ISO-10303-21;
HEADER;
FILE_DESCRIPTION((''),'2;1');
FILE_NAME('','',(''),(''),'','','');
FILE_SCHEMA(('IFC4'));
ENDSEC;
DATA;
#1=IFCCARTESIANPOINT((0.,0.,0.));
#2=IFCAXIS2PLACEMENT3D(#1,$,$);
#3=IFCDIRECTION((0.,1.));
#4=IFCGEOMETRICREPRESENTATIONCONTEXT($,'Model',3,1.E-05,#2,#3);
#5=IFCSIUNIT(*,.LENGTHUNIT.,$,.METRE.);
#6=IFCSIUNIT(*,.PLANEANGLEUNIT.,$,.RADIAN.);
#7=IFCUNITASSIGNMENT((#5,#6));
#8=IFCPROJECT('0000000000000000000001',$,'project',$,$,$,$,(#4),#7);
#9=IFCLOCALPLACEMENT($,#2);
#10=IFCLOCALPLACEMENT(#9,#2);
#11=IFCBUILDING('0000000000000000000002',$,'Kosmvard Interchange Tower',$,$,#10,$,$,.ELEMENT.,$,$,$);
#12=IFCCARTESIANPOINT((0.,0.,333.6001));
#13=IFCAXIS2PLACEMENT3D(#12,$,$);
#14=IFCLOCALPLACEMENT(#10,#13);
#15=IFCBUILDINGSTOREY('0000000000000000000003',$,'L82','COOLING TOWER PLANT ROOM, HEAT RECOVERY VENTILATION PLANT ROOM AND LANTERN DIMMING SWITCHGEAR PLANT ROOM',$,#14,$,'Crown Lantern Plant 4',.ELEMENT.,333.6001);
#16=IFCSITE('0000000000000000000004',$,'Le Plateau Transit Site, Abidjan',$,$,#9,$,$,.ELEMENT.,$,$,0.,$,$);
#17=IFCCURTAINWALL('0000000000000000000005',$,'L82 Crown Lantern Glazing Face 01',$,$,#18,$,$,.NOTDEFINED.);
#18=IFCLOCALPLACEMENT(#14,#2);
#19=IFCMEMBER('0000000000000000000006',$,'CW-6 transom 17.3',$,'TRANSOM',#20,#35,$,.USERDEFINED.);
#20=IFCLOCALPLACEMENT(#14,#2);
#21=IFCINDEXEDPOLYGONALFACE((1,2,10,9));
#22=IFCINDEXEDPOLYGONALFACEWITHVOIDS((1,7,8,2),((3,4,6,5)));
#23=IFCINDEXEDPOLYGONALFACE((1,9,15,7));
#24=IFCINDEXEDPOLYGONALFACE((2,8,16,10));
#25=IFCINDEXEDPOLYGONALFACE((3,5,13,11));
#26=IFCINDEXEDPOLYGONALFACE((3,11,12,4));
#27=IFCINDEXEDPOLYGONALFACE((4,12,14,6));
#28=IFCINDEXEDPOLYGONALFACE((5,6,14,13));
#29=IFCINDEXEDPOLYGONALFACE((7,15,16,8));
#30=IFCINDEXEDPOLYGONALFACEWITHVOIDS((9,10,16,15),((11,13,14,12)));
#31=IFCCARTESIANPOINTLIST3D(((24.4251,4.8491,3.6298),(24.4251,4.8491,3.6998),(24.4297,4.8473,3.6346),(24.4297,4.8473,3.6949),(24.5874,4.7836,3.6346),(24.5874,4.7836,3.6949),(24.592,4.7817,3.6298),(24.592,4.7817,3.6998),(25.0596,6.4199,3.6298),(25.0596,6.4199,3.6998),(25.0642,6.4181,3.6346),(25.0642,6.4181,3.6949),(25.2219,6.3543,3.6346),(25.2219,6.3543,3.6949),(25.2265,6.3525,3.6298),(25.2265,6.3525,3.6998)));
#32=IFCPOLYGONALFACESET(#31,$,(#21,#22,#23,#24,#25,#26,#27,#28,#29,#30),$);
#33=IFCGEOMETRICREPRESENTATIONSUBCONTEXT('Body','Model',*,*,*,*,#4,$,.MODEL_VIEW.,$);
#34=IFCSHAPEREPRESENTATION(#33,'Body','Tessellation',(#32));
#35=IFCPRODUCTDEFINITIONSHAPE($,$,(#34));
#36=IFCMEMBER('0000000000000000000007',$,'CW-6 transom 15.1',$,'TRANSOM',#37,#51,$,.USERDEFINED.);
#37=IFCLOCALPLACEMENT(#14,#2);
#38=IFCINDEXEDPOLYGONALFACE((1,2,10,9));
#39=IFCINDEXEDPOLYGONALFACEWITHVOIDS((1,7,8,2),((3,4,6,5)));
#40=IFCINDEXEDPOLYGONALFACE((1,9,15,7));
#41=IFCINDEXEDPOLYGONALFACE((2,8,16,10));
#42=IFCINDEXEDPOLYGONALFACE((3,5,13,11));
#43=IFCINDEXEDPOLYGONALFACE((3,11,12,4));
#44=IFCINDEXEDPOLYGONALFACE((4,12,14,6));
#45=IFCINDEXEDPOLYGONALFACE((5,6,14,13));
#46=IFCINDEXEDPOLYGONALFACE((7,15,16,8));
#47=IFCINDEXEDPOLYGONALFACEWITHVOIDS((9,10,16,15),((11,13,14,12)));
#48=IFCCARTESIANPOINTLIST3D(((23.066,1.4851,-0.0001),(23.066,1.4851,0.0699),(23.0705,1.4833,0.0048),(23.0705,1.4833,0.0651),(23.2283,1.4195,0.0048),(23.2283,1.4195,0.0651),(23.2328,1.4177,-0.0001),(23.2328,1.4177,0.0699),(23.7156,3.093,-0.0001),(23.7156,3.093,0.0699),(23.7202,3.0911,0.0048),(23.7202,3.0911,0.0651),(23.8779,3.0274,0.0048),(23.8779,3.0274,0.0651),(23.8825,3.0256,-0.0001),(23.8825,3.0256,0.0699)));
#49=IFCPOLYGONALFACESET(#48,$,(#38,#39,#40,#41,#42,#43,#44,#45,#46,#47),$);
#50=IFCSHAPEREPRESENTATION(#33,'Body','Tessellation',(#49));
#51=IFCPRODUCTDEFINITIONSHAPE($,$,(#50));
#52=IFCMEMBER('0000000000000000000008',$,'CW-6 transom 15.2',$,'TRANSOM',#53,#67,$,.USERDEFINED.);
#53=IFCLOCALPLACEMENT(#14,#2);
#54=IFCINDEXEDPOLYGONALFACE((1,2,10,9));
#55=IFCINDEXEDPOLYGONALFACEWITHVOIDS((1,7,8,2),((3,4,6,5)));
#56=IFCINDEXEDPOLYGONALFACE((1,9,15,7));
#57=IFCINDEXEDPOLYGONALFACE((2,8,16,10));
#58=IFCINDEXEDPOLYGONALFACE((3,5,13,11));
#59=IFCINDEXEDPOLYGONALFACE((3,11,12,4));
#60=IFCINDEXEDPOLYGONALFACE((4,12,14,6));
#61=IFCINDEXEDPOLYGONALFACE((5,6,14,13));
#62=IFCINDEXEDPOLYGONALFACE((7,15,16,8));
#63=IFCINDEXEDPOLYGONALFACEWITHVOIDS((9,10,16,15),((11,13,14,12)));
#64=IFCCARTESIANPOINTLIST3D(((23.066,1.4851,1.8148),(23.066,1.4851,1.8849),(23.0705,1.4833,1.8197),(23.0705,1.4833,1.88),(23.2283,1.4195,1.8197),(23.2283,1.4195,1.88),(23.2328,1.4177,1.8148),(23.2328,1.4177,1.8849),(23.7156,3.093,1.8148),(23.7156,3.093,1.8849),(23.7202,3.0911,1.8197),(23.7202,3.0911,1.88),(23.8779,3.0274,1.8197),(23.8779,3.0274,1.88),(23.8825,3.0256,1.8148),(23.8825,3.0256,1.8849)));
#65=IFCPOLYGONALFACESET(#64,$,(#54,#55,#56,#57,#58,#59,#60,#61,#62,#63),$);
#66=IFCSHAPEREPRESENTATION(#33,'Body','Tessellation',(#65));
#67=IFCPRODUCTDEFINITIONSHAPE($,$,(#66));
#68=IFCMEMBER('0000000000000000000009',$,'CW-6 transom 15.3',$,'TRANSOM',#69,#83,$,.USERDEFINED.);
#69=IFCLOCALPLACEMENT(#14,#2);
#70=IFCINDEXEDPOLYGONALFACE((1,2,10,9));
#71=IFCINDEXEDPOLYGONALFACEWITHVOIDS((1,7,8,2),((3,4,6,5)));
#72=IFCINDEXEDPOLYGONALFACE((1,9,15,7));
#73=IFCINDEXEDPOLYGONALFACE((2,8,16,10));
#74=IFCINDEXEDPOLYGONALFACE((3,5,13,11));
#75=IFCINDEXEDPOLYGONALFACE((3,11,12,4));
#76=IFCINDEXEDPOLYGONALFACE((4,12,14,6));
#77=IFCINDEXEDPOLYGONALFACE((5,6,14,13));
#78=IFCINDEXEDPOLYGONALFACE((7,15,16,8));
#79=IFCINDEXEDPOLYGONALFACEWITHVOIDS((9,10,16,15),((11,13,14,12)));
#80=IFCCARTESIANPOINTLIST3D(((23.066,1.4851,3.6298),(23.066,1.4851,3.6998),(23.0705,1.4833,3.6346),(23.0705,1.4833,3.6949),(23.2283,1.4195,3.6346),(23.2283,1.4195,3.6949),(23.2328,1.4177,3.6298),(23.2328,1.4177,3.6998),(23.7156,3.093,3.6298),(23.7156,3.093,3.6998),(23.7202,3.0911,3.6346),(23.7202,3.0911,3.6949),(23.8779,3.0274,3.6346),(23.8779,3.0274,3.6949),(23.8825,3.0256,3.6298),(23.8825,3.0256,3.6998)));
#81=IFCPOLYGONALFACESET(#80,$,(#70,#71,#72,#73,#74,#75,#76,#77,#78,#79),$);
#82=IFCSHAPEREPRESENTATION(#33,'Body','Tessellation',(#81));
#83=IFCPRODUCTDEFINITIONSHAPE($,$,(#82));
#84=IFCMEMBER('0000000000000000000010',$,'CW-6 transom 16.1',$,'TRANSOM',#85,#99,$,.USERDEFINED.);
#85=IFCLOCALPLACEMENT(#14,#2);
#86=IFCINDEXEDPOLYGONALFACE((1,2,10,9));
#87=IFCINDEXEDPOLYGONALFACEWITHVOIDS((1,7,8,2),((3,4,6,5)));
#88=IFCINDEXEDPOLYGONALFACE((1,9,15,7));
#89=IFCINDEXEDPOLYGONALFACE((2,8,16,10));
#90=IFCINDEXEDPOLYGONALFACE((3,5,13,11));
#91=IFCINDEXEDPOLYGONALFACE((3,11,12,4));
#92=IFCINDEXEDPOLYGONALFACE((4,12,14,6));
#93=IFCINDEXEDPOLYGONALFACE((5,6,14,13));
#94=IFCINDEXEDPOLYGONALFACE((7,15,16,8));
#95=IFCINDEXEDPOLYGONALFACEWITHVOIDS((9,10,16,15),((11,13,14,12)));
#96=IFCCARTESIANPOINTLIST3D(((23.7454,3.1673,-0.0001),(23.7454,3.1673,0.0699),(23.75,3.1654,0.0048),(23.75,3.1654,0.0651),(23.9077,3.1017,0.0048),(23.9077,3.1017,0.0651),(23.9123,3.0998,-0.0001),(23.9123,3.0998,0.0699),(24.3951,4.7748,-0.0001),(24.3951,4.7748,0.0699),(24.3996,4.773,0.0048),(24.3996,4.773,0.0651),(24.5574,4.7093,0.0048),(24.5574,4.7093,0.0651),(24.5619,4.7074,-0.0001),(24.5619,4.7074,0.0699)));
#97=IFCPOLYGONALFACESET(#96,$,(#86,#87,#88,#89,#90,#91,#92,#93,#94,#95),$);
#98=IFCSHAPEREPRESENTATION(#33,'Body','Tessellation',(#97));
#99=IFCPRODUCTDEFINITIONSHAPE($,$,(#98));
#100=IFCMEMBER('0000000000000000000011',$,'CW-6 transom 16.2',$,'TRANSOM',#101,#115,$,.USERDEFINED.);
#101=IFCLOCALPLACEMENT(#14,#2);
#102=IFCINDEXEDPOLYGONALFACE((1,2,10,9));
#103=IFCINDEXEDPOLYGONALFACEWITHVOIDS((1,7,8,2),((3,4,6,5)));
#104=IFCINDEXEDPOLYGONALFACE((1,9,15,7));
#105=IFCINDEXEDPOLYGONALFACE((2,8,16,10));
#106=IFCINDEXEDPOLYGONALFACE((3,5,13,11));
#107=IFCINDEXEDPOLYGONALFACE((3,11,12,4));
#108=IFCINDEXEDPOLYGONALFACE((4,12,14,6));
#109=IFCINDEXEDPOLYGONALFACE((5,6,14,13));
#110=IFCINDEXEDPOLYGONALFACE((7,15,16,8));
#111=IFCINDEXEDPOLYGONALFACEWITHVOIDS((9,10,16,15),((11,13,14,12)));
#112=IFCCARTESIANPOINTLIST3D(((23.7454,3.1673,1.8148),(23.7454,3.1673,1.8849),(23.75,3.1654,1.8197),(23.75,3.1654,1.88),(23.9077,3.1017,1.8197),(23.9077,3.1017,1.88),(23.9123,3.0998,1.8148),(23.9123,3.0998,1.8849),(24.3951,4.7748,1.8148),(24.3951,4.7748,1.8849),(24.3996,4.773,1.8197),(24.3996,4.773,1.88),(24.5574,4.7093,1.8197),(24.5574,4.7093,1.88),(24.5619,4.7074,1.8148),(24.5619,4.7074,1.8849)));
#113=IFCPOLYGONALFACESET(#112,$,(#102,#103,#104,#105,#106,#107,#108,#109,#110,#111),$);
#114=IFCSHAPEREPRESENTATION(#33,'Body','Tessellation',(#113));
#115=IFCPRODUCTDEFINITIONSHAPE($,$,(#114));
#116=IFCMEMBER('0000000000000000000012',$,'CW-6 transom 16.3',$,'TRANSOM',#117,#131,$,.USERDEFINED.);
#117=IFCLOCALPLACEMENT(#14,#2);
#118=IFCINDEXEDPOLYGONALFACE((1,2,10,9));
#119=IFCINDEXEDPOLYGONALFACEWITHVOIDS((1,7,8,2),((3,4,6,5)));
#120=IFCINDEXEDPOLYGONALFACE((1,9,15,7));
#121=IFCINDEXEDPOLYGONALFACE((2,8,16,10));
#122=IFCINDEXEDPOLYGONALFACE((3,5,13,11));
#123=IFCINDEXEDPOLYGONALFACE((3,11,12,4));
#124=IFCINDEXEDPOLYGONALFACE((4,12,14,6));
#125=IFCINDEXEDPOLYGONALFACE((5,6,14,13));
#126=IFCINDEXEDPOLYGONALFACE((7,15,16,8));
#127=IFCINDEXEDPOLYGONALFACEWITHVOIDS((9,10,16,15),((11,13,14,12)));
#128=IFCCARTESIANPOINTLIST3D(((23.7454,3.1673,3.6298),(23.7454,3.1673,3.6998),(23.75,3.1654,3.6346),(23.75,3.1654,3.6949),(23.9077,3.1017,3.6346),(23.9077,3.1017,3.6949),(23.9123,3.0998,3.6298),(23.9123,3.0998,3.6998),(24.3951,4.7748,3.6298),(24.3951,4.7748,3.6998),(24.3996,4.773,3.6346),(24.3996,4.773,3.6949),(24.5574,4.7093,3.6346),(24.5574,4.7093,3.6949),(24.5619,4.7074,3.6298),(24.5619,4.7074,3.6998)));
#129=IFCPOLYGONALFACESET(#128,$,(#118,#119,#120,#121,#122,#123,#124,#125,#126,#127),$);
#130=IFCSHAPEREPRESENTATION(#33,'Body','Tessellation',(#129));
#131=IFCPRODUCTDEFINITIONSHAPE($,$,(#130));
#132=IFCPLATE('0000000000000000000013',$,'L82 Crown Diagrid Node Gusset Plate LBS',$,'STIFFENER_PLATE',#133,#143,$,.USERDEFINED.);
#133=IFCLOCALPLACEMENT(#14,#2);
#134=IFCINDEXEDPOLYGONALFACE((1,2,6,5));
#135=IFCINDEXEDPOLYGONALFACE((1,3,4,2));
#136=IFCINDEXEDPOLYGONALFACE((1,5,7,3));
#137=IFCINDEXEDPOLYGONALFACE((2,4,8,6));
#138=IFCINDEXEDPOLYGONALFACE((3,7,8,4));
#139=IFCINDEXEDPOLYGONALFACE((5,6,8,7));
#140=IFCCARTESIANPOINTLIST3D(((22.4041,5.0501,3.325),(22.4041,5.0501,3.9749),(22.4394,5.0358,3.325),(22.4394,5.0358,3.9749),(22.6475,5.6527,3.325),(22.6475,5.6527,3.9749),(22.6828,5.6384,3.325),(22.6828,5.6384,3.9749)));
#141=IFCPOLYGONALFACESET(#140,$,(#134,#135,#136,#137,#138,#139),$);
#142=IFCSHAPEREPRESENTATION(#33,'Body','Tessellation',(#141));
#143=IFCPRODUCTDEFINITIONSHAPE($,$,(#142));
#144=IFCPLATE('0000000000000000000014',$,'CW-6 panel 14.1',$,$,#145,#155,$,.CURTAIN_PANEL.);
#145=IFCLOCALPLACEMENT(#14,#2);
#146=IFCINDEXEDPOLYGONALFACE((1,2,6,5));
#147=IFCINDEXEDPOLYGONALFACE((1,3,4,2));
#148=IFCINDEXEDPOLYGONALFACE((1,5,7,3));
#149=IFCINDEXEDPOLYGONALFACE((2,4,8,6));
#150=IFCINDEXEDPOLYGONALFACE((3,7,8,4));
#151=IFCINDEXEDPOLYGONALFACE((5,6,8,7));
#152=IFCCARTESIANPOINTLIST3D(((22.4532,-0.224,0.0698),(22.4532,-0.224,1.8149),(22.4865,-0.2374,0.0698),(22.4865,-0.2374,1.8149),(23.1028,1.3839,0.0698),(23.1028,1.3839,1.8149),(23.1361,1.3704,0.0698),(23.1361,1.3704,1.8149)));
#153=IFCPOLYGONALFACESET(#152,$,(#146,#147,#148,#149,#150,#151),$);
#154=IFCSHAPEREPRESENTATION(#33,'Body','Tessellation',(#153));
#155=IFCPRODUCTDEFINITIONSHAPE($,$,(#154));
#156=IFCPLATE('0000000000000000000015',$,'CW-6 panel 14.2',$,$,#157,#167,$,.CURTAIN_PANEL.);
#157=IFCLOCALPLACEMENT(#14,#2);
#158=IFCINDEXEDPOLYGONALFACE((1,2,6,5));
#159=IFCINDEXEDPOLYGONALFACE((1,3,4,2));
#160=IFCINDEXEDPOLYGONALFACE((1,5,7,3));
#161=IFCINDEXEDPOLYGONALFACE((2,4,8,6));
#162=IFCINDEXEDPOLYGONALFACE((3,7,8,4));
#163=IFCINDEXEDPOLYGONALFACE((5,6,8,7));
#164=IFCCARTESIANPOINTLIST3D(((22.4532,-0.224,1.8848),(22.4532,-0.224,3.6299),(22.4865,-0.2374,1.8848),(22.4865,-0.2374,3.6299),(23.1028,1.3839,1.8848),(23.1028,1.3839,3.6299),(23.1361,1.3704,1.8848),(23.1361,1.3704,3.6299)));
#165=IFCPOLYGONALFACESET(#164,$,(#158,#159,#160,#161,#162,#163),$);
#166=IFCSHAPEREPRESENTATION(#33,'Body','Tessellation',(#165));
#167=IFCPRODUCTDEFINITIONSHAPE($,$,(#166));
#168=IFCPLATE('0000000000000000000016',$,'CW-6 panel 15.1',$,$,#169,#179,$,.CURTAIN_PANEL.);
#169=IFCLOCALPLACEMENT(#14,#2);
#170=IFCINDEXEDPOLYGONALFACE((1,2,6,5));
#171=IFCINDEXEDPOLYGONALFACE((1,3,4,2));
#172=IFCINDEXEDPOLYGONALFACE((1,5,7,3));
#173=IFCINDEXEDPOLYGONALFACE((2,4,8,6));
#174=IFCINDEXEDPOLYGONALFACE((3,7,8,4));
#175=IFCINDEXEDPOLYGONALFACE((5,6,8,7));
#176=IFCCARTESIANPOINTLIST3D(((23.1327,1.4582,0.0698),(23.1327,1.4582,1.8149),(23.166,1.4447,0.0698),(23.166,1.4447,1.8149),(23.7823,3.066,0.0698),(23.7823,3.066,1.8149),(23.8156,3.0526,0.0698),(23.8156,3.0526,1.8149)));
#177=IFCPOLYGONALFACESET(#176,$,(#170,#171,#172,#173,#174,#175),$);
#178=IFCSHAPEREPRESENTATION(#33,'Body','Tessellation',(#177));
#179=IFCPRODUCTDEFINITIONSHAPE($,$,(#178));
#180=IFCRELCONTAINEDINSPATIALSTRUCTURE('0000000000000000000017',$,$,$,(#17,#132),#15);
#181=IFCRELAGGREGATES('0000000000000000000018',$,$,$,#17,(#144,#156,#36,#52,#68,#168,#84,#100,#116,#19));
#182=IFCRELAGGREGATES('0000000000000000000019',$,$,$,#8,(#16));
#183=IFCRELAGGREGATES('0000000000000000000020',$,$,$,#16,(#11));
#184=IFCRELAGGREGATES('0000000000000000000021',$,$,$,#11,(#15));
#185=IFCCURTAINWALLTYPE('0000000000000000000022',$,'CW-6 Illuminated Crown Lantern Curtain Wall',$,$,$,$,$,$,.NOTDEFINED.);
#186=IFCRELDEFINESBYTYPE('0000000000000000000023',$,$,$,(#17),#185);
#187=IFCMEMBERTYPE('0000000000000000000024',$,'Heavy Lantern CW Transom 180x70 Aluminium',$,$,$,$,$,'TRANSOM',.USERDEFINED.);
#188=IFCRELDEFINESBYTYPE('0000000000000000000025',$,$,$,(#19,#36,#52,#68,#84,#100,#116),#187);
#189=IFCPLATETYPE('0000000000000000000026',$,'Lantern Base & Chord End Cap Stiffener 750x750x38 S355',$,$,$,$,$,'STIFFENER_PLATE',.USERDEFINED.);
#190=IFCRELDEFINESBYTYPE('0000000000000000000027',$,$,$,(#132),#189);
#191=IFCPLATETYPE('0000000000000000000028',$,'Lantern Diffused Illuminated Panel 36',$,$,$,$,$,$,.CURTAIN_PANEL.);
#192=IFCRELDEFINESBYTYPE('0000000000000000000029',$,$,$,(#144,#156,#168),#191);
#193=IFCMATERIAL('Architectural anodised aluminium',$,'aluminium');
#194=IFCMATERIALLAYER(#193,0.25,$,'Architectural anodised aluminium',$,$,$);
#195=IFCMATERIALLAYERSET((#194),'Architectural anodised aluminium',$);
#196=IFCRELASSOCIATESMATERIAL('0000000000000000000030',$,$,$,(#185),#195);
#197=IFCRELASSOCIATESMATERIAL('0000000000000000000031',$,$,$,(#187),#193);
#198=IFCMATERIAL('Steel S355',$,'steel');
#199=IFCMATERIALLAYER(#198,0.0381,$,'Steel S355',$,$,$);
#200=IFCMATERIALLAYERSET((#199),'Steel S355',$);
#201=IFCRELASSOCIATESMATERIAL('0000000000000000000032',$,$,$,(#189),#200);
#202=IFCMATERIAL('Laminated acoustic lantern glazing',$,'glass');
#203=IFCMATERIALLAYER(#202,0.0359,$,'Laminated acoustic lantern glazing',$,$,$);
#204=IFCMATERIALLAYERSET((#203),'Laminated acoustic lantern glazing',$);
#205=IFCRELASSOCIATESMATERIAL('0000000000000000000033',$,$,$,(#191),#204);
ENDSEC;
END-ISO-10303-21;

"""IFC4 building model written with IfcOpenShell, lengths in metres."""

from ifc_helpers import new_model, si_unit, direction, frame, origin, origin_2d, place, context, subcontext, project, spatial, rectangle, hollow_rectangle, extrude, source, transform, mapped, material, layer, layer_set, material_profile, profile_set, type_object, element, aggregate, save


model = new_model("IFC4")

# Units and contexts
model_context = context("Model", 3, precision=1e-05, world=origin(), true_north=direction((0.0, 1.0)))
body_context = subcontext(model_context, "Body", "Model", "MODEL_VIEW")
ifc_project = project(units=[si_unit("LENGTHUNIT", "METRE"), si_unit("PLANEANGLEUNIT", "RADIAN")], contexts=[model_context])

# Site, building, storey
site_placement = place(None, origin())
site = spatial("IfcSite", under=ifc_project, at=site_placement, Name="Le Plateau Transit Site, Abidjan", CompositionType="ELEMENT", RefElevation=0.0)
building_placement = place(site_placement, origin())
building = spatial("IfcBuilding", under=site, at=building_placement, Name="Kosmvard Interchange Tower", CompositionType="ELEMENT")
storey_placement = place(building_placement, frame((0.0, 0.0, 333.6001)))
storey = spatial("IfcBuildingStorey", under=building, at=storey_placement, Name="L82", Description="COOLING TOWER PLANT ROOM, HEAT RECOVERY VENTILATION PLANT ROOM AND LANTERN DIMMING SWITCHGEAR PLANT ROOM", LongName="Crown Lantern Plant 4", CompositionType="ELEMENT", Elevation=333.6001)

# Shared definitions
ifc_material_1 = material(Name="Steel S355", Category="steel")

# Curtain wall, members
ifc_material_2 = material(Name="Architectural anodised aluminium", Category="aluminium")
ifc_layer_1 = layer(ifc_material_2, 0.25, Name="Architectural anodised aluminium")
ifc_layer_set_1 = layer_set([ifc_layer_1], Name="Architectural anodised aluminium")
curtain_wall_type = type_object("IfcCurtainWallType", Name="CW-6 Illuminated Crown Lantern Curtain Wall", PredefinedType="NOTDEFINED", material=ifc_layer_set_1)
curtain_wall_placement = place(storey_placement, origin())
curtain_wall = element("IfcCurtainWall", 1, at=curtain_wall_placement, inside=storey, type_object=curtain_wall_type, Name="L82 Crown Lantern Glazing Face 01", PredefinedType="NOTDEFINED")
ifc_material_profile_1 = material_profile(ifc_material_2, hollow_rectangle(XDim=0.1799, YDim=0.0701, WallThickness=0.0049, at=origin_2d()), Name="CWT 180x70x5")
ifc_profile_set_1 = profile_set([ifc_material_profile_1], Name="Architectural anodised aluminium")
member_type_1 = type_object("IfcMemberType", Name="Heavy Lantern CW Transom 180x70 Aluminium", ElementType="TRANSOM", PredefinedType="USERDEFINED", material=ifc_profile_set_1)
shared_shape_1 = source(origin(), body_context, "Body", "SweptSolid", [
    extrude(hollow_rectangle(XDim=0.1799, YDim=0.0701, WallThickness=0.0049, at=origin_2d()), origin(), (0.0, 0.0, 1.0), 1.6941),
])
member_1_placement = place(storey_placement, frame((24.5085, 4.8154, 3.6648), z_axis=(0.374544, 0.927209, 0.0), x_axis=(-0.927209, 0.374544, 0.0)))
member_1 = element("IfcMember", 2, at=member_1_placement, type_object=member_type_1, Name="CW-6 transom 17.3", ObjectType="TRANSOM", PredefinedType="USERDEFINED", context=body_context, shape_type="MappedRepresentation", body=[
    mapped(shared_shape_1, transform((0.0, 0.0, 0.0), scale=1.0)),
])
shared_shape_2 = source(origin(), body_context, "Body", "SweptSolid", [
    extrude(hollow_rectangle(XDim=0.1799, YDim=0.0701, WallThickness=0.0049, at=origin_2d()), origin(), (0.0, 0.0, 1.0), 1.7341),
])
member_2_placement = place(storey_placement, frame((23.1494, 1.4514, 0.0349), z_axis=(0.374617, 0.92718, 0.0), x_axis=(-0.92718, 0.374617, 0.0)))
member_2 = element("IfcMember", 3, at=member_2_placement, type_object=member_type_1, Name="CW-6 transom 15.1", ObjectType="TRANSOM", PredefinedType="USERDEFINED", context=body_context, shape_type="MappedRepresentation", body=[
    mapped(shared_shape_2, transform((0.0, 0.0, 0.0), scale=1.0)),
])
member_3_placement = place(storey_placement, frame((23.1494, 1.4514, 1.8499), z_axis=(0.374617, 0.92718, 0.0), x_axis=(-0.92718, 0.374617, 0.0)))
member_3 = element("IfcMember", 4, at=member_3_placement, type_object=member_type_1, Name="CW-6 transom 15.2", ObjectType="TRANSOM", PredefinedType="USERDEFINED", context=body_context, shape_type="MappedRepresentation", body=[
    mapped(shared_shape_2, transform((0.0, 0.0, 0.0), scale=1.0)),
])
member_4_placement = place(storey_placement, frame((23.1494, 1.4514, 3.6648), z_axis=(0.374617, 0.92718, 0.0), x_axis=(-0.92718, 0.374617, 0.0)))
member_4 = element("IfcMember", 5, at=member_4_placement, type_object=member_type_1, Name="CW-6 transom 15.3", ObjectType="TRANSOM", PredefinedType="USERDEFINED", context=body_context, shape_type="MappedRepresentation", body=[
    mapped(shared_shape_2, transform((0.0, 0.0, 0.0), scale=1.0)),
])
shared_shape_3 = source(origin(), body_context, "Body", "SweptSolid", [
    extrude(hollow_rectangle(XDim=0.1799, YDim=0.0701, WallThickness=0.0049, at=origin_2d()), origin(), (0.0, 0.0, 1.0), 1.7339),
])
member_5_placement = place(storey_placement, frame((23.8289, 3.1335, 0.0349), z_axis=(0.374666, 0.92716, 0.0), x_axis=(-0.92716, 0.374666, 0.0)))
member_5 = element("IfcMember", 6, at=member_5_placement, type_object=member_type_1, Name="CW-6 transom 16.1", ObjectType="TRANSOM", PredefinedType="USERDEFINED", context=body_context, shape_type="MappedRepresentation", body=[
    mapped(shared_shape_3, transform((0.0, 0.0, 0.0), scale=1.0)),
])
member_6_placement = place(storey_placement, frame((23.8289, 3.1335, 1.8499), z_axis=(0.374666, 0.92716, 0.0), x_axis=(-0.92716, 0.374666, 0.0)))
member_6 = element("IfcMember", 7, at=member_6_placement, type_object=member_type_1, Name="CW-6 transom 16.2", ObjectType="TRANSOM", PredefinedType="USERDEFINED", context=body_context, shape_type="MappedRepresentation", body=[
    mapped(shared_shape_3, transform((0.0, 0.0, 0.0), scale=1.0)),
])
member_7_placement = place(storey_placement, frame((23.8289, 3.1335, 3.6648), z_axis=(0.374666, 0.92716, 0.0), x_axis=(-0.92716, 0.374666, 0.0)))
member_7 = element("IfcMember", 8, at=member_7_placement, type_object=member_type_1, Name="CW-6 transom 16.3", ObjectType="TRANSOM", PredefinedType="USERDEFINED", context=body_context, shape_type="MappedRepresentation", body=[
    mapped(shared_shape_3, transform((0.0, 0.0, 0.0), scale=1.0)),
])

# Plates
ifc_layer_2 = layer(ifc_material_1, 0.0381, Name="Steel S355")
ifc_layer_set_2 = layer_set([ifc_layer_2], Name="Steel S355")
plate_type_1 = type_object("IfcPlateType", Name="Lantern Base & Chord End Cap Stiffener 750x750x38 S355", ElementType="STIFFENER_PLATE", PredefinedType="USERDEFINED", material=ifc_layer_set_2)
shared_shape_4 = source(origin(), body_context, "Body", "SweptSolid", [
    extrude(rectangle(XDim=0.6499, YDim=0.0381, at=origin_2d()), origin(), (0.0, 0.0, 1.0), 0.6499),
])
plate_1_placement = place(storey_placement, frame((22.5435, 5.3442, 3.325), z_axis=(0.0, 0.0, 1.0), x_axis=(0.374607, 0.927184, 0.0)))
element("IfcPlate", 9, at=plate_1_placement, inside=storey, type_object=plate_type_1, Name="L82 Crown Diagrid Node Gusset Plate LBS", ObjectType="STIFFENER_PLATE", PredefinedType="USERDEFINED", context=body_context, shape_type="MappedRepresentation", body=[
    mapped(shared_shape_4, transform((0.0, 0.0, 0.0), scale=1.0)),
])
ifc_material_3 = material(Name="Laminated acoustic lantern glazing", Category="glass")
ifc_layer_3 = layer(ifc_material_3, 0.0359, Name="Laminated acoustic lantern glazing")
ifc_layer_set_3 = layer_set([ifc_layer_3], Name="Laminated acoustic lantern glazing")
plate_type_2 = type_object("IfcPlateType", Name="Lantern Diffused Illuminated Panel 36", PredefinedType="CURTAIN_PANEL", material=ifc_layer_set_3)
shared_shape_5 = source(origin(), body_context, "Body", "SweptSolid", [
    extrude(rectangle(XDim=1.7341, YDim=0.0359, at=origin_2d()), origin(), (0.0, 0.0, 1.0), 1.7451),
])
plate_2_placement = place(storey_placement, frame((22.7947, 0.5732, 0.0698), z_axis=(0.0, 0.0, 1.0), x_axis=(0.374607, 0.927184, 0.0)))
plate_2 = element("IfcPlate", 10, at=plate_2_placement, type_object=plate_type_2, Name="CW-6 panel 14.1", PredefinedType="CURTAIN_PANEL", context=body_context, shape_type="MappedRepresentation", body=[
    mapped(shared_shape_5, transform((0.0, 0.0, 0.0), scale=1.0)),
])
plate_3_placement = place(storey_placement, frame((22.7947, 0.5732, 1.8848), z_axis=(0.0, 0.0, 1.0), x_axis=(0.374607, 0.927184, 0.0)))
plate_3 = element("IfcPlate", 11, at=plate_3_placement, type_object=plate_type_2, Name="CW-6 panel 14.2", PredefinedType="CURTAIN_PANEL", context=body_context, shape_type="MappedRepresentation", body=[
    mapped(shared_shape_5, transform((0.0, 0.0, 0.0), scale=1.0)),
])
plate_4_placement = place(storey_placement, frame((23.4741, 2.2554, 0.0698), z_axis=(0.0, 0.0, 1.0), x_axis=(0.374607, 0.927184, 0.0)))
plate_4 = element("IfcPlate", 12, at=plate_4_placement, type_object=plate_type_2, Name="CW-6 panel 15.1", PredefinedType="CURTAIN_PANEL", context=body_context, shape_type="MappedRepresentation", body=[
    mapped(shared_shape_5, transform((0.0, 0.0, 0.0), scale=1.0)),
])
aggregate(curtain_wall, [plate_2, plate_3, member_2, member_3, member_4, plate_4, member_5, member_6, member_7, member_1])

save(model, "model.ifc")
